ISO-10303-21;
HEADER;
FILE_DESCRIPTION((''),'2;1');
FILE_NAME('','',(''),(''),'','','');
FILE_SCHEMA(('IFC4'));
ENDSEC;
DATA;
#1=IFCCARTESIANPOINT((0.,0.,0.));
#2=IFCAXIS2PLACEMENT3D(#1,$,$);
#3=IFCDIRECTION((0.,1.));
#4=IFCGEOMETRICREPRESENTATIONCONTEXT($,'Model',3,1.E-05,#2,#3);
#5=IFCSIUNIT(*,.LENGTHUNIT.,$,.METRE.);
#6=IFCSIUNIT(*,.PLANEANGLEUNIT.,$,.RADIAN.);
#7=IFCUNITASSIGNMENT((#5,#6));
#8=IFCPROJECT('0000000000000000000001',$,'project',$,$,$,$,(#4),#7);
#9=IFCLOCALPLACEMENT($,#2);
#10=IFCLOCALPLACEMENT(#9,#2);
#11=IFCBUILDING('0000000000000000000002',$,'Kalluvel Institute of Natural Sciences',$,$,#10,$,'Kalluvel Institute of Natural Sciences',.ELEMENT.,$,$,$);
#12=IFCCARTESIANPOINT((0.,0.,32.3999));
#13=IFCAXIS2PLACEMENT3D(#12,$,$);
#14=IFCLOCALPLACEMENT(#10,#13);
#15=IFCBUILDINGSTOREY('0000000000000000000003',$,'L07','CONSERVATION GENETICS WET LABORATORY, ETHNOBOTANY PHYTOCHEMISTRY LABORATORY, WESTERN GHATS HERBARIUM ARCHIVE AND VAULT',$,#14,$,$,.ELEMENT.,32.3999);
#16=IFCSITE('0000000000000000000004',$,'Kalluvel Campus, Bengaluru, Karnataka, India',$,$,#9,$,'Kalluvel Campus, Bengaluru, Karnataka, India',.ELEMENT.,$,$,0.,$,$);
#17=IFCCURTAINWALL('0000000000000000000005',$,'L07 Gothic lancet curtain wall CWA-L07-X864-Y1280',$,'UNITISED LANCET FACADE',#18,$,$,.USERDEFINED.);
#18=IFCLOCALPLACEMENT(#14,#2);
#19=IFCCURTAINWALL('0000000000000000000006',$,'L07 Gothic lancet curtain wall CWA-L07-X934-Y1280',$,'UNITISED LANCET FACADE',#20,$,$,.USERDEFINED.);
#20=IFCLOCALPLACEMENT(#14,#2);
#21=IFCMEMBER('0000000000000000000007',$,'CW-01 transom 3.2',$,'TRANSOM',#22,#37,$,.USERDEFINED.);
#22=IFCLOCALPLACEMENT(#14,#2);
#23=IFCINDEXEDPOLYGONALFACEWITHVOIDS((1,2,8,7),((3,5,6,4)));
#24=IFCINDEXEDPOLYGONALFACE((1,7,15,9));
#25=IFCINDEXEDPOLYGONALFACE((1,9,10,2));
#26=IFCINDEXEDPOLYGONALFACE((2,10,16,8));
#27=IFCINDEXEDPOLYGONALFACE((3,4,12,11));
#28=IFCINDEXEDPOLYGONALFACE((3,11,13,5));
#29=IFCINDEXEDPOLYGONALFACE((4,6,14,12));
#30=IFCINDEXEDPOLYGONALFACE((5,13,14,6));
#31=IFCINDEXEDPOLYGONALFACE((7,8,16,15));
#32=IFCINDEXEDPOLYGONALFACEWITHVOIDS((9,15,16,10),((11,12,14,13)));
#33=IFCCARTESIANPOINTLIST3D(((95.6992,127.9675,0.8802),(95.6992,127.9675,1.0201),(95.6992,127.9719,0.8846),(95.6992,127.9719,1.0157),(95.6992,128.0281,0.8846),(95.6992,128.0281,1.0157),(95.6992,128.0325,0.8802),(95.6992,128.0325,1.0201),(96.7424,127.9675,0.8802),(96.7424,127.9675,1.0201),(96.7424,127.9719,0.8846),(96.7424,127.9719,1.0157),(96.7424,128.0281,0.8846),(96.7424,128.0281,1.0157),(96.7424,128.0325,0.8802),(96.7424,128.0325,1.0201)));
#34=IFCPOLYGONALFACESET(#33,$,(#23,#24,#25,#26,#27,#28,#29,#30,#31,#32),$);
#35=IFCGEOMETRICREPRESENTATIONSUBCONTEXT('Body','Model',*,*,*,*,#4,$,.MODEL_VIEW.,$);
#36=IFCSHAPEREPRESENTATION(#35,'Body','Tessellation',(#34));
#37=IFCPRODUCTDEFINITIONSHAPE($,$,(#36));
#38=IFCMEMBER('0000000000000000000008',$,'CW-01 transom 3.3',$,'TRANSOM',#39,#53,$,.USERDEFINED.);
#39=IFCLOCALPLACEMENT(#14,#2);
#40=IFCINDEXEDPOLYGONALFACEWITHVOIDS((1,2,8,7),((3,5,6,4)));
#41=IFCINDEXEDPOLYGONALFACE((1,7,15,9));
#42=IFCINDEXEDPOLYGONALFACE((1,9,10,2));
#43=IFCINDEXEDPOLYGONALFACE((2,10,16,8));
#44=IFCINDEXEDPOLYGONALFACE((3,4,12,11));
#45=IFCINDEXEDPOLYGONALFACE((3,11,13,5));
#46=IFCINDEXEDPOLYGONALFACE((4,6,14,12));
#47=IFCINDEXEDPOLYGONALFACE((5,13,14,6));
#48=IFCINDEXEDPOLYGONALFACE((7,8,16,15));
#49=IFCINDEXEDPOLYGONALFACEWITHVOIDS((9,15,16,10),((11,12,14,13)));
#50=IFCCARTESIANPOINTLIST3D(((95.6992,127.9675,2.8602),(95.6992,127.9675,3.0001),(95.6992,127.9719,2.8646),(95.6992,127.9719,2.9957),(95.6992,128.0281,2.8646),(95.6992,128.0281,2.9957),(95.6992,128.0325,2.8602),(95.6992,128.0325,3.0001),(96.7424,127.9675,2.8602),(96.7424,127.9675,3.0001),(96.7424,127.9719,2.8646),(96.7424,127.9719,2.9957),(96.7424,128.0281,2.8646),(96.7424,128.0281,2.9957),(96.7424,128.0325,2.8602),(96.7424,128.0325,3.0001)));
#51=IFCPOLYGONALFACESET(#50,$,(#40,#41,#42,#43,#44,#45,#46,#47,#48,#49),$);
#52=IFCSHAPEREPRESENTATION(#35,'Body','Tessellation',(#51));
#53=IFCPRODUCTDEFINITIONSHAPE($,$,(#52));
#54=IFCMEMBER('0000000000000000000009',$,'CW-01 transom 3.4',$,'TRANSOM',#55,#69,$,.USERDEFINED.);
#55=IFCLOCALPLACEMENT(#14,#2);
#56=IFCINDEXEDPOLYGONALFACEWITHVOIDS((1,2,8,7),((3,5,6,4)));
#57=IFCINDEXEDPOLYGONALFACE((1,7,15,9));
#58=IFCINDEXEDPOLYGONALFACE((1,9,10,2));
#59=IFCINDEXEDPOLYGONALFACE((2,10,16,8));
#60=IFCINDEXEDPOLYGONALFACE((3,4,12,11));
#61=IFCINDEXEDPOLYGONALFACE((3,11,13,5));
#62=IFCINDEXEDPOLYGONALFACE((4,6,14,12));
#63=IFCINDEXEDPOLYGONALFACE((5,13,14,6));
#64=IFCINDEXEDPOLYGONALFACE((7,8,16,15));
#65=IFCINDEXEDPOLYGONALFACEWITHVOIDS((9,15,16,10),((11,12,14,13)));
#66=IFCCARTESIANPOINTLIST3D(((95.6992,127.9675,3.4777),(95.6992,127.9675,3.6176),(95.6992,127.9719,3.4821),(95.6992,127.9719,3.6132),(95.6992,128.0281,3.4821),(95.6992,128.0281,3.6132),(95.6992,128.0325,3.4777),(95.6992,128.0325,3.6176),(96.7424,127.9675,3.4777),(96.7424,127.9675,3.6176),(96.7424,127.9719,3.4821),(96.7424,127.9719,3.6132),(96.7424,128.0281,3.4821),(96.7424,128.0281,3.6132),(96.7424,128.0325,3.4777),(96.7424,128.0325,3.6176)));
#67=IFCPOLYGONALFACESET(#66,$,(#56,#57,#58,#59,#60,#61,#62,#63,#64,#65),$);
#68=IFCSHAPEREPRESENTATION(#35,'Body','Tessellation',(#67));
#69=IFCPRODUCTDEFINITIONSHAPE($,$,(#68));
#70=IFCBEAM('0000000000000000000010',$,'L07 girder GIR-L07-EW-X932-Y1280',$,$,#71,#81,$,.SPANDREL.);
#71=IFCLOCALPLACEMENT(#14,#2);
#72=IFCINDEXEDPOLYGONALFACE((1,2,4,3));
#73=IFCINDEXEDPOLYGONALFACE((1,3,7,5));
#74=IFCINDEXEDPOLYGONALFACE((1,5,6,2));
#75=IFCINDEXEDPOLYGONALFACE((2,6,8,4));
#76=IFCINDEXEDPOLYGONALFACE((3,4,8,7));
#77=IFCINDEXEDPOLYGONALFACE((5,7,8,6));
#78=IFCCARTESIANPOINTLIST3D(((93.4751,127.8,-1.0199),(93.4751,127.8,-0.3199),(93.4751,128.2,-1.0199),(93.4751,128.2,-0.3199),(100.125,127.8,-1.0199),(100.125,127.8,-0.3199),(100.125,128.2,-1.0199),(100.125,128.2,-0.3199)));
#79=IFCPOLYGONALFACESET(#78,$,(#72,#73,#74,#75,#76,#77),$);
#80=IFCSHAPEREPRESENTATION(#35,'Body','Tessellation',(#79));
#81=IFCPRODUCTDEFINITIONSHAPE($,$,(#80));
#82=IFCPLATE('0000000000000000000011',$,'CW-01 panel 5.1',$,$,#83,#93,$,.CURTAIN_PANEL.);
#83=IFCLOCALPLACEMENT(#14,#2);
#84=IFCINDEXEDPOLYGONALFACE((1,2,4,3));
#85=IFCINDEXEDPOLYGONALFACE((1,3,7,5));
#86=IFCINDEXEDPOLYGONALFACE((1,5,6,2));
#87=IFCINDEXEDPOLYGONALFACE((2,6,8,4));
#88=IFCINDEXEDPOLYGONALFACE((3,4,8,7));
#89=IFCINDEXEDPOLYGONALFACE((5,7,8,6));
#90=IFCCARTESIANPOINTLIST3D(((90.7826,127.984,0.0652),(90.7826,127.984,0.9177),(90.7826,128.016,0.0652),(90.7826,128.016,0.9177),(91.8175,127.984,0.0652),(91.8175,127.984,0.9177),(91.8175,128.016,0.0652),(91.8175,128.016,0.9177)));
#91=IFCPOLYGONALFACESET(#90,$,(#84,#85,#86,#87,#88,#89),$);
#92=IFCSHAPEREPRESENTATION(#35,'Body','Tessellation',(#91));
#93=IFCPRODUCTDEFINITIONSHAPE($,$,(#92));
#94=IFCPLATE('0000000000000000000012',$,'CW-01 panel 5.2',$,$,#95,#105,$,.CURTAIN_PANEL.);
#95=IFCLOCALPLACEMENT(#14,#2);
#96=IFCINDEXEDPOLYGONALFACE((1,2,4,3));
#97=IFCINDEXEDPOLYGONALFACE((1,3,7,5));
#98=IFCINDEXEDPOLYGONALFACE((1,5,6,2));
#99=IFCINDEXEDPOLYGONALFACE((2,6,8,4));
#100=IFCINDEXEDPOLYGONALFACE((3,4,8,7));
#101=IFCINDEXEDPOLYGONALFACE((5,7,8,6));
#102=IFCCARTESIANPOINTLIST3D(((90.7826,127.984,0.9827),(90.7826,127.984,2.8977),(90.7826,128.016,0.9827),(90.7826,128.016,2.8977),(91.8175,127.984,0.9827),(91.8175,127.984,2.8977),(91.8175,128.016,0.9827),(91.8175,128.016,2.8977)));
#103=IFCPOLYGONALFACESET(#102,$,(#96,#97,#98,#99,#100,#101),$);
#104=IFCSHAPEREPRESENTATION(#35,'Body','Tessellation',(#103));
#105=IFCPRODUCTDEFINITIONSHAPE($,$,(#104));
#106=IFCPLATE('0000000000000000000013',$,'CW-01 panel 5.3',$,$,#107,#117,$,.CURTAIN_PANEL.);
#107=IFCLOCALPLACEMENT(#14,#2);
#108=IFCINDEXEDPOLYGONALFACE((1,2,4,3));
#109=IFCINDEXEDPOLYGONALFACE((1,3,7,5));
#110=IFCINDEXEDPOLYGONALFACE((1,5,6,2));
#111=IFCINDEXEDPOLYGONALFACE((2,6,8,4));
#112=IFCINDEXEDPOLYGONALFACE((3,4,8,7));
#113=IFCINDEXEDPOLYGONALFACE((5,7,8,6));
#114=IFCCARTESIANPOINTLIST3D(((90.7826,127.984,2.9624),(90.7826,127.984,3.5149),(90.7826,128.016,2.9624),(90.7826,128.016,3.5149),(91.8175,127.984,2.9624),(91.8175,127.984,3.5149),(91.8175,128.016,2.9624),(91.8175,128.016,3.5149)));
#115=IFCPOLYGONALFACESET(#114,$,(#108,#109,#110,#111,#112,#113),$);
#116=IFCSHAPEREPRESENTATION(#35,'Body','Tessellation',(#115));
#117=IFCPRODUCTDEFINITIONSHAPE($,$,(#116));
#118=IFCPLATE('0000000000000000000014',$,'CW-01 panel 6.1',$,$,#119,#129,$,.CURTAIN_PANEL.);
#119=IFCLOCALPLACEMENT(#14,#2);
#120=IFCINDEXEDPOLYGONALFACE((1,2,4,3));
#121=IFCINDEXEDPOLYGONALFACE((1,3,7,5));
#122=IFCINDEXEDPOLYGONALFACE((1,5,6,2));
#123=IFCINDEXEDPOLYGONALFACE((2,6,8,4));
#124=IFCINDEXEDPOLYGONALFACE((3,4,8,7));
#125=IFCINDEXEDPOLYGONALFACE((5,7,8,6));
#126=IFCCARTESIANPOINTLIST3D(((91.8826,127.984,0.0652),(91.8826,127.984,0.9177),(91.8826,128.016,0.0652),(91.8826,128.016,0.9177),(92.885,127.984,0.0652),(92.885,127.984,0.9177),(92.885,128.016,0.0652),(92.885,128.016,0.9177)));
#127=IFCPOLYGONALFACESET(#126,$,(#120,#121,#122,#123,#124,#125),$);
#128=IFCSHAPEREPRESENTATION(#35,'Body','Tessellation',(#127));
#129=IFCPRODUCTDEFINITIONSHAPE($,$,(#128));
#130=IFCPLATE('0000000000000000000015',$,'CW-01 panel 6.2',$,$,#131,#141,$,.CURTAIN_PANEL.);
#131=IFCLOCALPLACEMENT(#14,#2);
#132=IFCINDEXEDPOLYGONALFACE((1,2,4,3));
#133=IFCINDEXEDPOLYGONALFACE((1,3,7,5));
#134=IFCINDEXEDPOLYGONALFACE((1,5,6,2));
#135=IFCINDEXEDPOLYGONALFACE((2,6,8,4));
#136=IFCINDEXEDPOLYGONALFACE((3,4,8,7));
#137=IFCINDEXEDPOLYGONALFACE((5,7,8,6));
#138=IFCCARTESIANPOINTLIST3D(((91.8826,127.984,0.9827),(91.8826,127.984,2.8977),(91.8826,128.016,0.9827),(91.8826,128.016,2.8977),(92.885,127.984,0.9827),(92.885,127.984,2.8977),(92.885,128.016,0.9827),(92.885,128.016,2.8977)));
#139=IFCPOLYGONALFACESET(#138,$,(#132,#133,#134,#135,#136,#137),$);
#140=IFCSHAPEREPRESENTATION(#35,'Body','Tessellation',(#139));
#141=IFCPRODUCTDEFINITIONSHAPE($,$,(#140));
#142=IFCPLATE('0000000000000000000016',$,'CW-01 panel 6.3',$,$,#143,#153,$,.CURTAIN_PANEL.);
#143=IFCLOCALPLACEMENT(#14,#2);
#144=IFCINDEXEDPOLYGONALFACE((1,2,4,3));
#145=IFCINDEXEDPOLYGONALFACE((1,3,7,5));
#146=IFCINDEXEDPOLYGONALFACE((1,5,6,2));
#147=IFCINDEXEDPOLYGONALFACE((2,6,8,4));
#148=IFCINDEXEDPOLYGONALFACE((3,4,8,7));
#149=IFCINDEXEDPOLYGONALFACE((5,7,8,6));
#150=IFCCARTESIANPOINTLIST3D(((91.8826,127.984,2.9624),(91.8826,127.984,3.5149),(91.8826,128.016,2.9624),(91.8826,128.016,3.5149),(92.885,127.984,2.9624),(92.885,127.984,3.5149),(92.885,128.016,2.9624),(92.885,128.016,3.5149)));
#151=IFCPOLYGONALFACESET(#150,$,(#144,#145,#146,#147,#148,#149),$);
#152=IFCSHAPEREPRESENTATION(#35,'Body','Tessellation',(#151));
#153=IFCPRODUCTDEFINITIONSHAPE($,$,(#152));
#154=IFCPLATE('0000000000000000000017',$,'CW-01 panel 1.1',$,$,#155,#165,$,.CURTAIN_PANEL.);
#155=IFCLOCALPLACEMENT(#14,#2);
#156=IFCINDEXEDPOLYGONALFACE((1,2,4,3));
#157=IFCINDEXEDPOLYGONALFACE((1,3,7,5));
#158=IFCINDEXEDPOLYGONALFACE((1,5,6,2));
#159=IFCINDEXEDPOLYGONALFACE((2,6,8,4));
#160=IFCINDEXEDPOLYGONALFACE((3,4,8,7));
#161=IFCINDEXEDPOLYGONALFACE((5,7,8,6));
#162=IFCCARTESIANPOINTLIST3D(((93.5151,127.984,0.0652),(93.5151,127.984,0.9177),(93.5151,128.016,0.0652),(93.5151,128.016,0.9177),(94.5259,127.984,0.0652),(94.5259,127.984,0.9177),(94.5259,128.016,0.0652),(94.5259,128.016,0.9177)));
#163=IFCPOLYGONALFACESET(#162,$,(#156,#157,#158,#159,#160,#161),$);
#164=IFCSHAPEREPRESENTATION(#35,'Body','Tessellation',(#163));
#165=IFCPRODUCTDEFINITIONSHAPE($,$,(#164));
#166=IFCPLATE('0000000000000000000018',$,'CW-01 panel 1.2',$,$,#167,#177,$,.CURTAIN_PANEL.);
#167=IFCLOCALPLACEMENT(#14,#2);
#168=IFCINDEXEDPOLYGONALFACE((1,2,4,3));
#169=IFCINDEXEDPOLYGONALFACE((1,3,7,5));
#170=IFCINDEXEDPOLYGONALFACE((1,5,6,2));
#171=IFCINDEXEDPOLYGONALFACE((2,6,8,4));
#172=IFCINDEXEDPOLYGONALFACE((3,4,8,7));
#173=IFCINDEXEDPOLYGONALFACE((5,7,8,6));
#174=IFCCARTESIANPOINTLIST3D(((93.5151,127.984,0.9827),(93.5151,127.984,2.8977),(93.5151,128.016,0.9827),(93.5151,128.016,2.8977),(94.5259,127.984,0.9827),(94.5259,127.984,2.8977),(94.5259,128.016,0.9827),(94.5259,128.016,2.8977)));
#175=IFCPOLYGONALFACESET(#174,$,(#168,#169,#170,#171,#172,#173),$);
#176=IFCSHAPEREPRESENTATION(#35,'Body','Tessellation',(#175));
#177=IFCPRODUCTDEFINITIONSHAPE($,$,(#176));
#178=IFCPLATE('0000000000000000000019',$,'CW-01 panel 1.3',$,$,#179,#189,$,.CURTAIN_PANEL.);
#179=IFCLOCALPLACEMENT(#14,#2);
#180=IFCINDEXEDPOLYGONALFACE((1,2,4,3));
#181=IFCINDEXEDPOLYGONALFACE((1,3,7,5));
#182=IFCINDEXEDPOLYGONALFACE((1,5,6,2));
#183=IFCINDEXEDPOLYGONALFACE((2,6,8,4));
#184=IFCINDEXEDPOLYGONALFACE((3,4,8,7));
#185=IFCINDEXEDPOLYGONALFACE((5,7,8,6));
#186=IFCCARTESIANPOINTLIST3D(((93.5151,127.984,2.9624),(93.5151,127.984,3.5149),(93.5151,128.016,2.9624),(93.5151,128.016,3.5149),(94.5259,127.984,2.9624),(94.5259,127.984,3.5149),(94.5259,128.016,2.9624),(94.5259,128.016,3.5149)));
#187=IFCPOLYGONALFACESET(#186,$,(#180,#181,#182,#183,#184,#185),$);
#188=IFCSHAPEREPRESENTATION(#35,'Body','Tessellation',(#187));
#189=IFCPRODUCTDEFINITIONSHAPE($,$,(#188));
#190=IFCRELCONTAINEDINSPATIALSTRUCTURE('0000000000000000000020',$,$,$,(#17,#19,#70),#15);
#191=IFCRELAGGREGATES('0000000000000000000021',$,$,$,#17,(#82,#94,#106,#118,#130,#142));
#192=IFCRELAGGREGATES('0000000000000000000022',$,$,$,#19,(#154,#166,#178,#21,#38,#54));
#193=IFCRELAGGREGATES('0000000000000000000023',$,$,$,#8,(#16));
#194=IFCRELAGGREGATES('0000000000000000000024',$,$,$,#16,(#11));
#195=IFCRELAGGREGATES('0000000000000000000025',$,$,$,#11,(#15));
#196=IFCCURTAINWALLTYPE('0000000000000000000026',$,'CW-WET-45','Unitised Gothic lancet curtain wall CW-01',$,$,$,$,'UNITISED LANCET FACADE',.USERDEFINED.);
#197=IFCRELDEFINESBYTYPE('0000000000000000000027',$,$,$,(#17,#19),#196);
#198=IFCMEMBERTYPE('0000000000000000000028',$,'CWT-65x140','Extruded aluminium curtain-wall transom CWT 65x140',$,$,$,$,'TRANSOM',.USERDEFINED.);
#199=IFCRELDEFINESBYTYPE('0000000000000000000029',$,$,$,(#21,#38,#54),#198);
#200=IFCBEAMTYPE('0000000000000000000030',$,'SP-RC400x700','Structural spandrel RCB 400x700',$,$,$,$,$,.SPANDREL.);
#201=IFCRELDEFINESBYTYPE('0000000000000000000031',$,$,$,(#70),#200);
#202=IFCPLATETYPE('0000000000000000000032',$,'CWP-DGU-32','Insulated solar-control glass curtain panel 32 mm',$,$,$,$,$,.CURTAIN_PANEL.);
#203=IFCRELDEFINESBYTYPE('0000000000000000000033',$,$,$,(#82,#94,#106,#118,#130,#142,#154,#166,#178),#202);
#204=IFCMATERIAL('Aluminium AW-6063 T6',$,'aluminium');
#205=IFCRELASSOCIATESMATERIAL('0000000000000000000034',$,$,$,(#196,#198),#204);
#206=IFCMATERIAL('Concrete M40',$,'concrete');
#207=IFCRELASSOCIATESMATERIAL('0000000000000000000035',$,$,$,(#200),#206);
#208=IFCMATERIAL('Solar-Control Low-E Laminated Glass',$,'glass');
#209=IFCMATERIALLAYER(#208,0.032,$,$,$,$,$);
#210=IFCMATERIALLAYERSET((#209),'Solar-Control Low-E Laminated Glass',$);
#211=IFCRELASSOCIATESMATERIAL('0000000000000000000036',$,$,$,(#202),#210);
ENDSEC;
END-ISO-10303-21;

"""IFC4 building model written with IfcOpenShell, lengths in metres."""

from ifc_helpers import new_model, si_unit, direction, frame, origin, origin_2d, place, context, subcontext, project, spatial, rectangle, hollow_rectangle, extrude, material, layer, layer_set, material_profile, profile_set, type_object, element, aggregate, save


model = new_model("IFC4")

# Units and contexts
model_context = context("Model", 3, precision=1e-05, world=origin(), true_north=direction((0.0, 1.0)))
body_context = subcontext(model_context, "Body", "Model", "MODEL_VIEW")
ifc_project = project(units=[si_unit("LENGTHUNIT", "METRE"), si_unit("PLANEANGLEUNIT", "RADIAN")], contexts=[model_context])

# Site, building, storey
site_placement = place(None, origin())
site = spatial("IfcSite", under=ifc_project, at=site_placement, Name="Kalluvel Campus, Bengaluru, Karnataka, India", LongName="Kalluvel Campus, Bengaluru, Karnataka, India", CompositionType="ELEMENT", RefElevation=0.0)
building_placement = place(site_placement, origin())
building = spatial("IfcBuilding", under=site, at=building_placement, Name="Kalluvel Institute of Natural Sciences", LongName="Kalluvel Institute of Natural Sciences", CompositionType="ELEMENT")
storey_placement = place(building_placement, frame((0.0, 0.0, 32.3999)))
storey = spatial("IfcBuildingStorey", under=building, at=storey_placement, Name="L07", Description="CONSERVATION GENETICS WET LABORATORY, ETHNOBOTANY PHYTOCHEMISTRY LABORATORY, WESTERN GHATS HERBARIUM ARCHIVE AND VAULT", CompositionType="ELEMENT", Elevation=32.3999)

# Shared definitions
ifc_material_1 = material(Name="Concrete M40", Category="concrete")

# Curtain walls
ifc_material_2 = material(Name="Aluminium AW-6063 T6", Category="aluminium")
curtain_wall_type = type_object("IfcCurtainWallType", Name="CW-WET-45", Description="Unitised Gothic lancet curtain wall CW-01", ElementType="UNITISED LANCET FACADE", PredefinedType="USERDEFINED", material=ifc_material_2)
curtain_wall_1_placement = place(storey_placement, origin())
curtain_wall_1 = element("IfcCurtainWall", 1, at=curtain_wall_1_placement, inside=storey, type_object=curtain_wall_type, Name="L07 Gothic lancet curtain wall CWA-L07-X864-Y1280", ObjectType="UNITISED LANCET FACADE", PredefinedType="USERDEFINED")
curtain_wall_2_placement = place(storey_placement, origin())
curtain_wall_2 = element("IfcCurtainWall", 2, at=curtain_wall_2_placement, inside=storey, type_object=curtain_wall_type, Name="L07 Gothic lancet curtain wall CWA-L07-X934-Y1280", ObjectType="UNITISED LANCET FACADE", PredefinedType="USERDEFINED")

# Members
ifc_material_profile_1 = material_profile(ifc_material_2, hollow_rectangle(XDim=0.0649, YDim=0.1399, WallThickness=0.0044, at=origin_2d()), Name="CWT 65x140")
ifc_profile_set_1 = profile_set([ifc_material_profile_1], Name="Aluminium AW-6063 T6")
member_type_1 = type_object("IfcMemberType", Name="CWT-65x140", Description="Extruded aluminium curtain-wall transom CWT 65x140", ElementType="TRANSOM", PredefinedType="USERDEFINED", material=ifc_profile_set_1)
member_1_placement = place(storey_placement, frame((95.6992, 128.0, 0.9502), z_axis=(1.0, 0.0, 0.0), x_axis=(0.0, 1.0, 0.0)))
member_1 = element("IfcMember", 3, at=member_1_placement, type_object=member_type_1, Name="CW-01 transom 3.2", ObjectType="TRANSOM", PredefinedType="USERDEFINED", context=body_context, shape_type="SweptSolid", body=[
    extrude(hollow_rectangle(XDim=0.0649, YDim=0.1399, WallThickness=0.0044, at=origin_2d()), origin(), (0.0, 0.0, 1.0), 1.0432),
])
member_2_placement = place(storey_placement, frame((95.6992, 128.0, 2.9302), z_axis=(1.0, 0.0, 0.0), x_axis=(0.0, 1.0, 0.0)))
member_2 = element("IfcMember", 4, at=member_2_placement, type_object=member_type_1, Name="CW-01 transom 3.3", ObjectType="TRANSOM", PredefinedType="USERDEFINED", context=body_context, shape_type="SweptSolid", body=[
    extrude(hollow_rectangle(XDim=0.0649, YDim=0.1399, WallThickness=0.0044, at=origin_2d()), origin(), (0.0, 0.0, 1.0), 1.0432),
])
member_3_placement = place(storey_placement, frame((95.6992, 128.0, 3.5476), z_axis=(1.0, 0.0, 0.0), x_axis=(0.0, 1.0, 0.0)))
member_3 = element("IfcMember", 5, at=member_3_placement, type_object=member_type_1, Name="CW-01 transom 3.4", ObjectType="TRANSOM", PredefinedType="USERDEFINED", context=body_context, shape_type="SweptSolid", body=[
    extrude(hollow_rectangle(XDim=0.0649, YDim=0.1399, WallThickness=0.0044, at=origin_2d()), origin(), (0.0, 0.0, 1.0), 1.0432),
])

# Beam
ifc_material_profile_2 = material_profile(ifc_material_1, rectangle(XDim=0.3999, YDim=0.7, at=origin_2d()), Name="RCB 400x700")
ifc_profile_set_2 = profile_set([ifc_material_profile_2], Name="Concrete M40")
beam_type = type_object("IfcBeamType", Name="SP-RC400x700", Description="Structural spandrel RCB 400x700", PredefinedType="SPANDREL", material=ifc_profile_set_2)
beam_placement = place(storey_placement, frame((93.4751, 128.0, -0.6699), z_axis=(1.0, 0.0, 0.0), x_axis=(0.0, 1.0, 0.0)))
element("IfcBeam", 6, at=beam_placement, inside=storey, type_object=beam_type, Name="L07 girder GIR-L07-EW-X932-Y1280", PredefinedType="SPANDREL", context=body_context, shape_type="SweptSolid", body=[
    extrude(rectangle(XDim=0.3999, YDim=0.7, at=origin_2d()), origin(), (0.0, 0.0, 1.0), 6.6499),
])

# Plates
ifc_material_3 = material(Name="Solar-Control Low-E Laminated Glass", Category="glass")
ifc_layer = layer(ifc_material_3, 0.032)
ifc_layer_set = layer_set([ifc_layer], Name="Solar-Control Low-E Laminated Glass")
plate_type = type_object("IfcPlateType", Name="CWP-DGU-32", Description="Insulated solar-control glass curtain panel 32 mm", PredefinedType="CURTAIN_PANEL", material=ifc_layer_set)
plate_1_placement = place(storey_placement, frame((91.3, 128.0, 0.0652), z_axis=(0.0, 0.0, 1.0), x_axis=(1.0, 0.0, 0.0)))
plate_1 = element("IfcPlate", 7, at=plate_1_placement, type_object=plate_type, Name="CW-01 panel 5.1", PredefinedType="CURTAIN_PANEL", context=body_context, shape_type="SweptSolid", body=[
    extrude(rectangle(XDim=1.0349, YDim=0.032, at=origin_2d()), origin(), (0.0, 0.0, 1.0), 0.8525),
])
plate_2_placement = place(storey_placement, frame((91.3, 128.0, 0.9827), z_axis=(0.0, 0.0, 1.0), x_axis=(1.0, 0.0, 0.0)))
plate_2 = element("IfcPlate", 8, at=plate_2_placement, type_object=plate_type, Name="CW-01 panel 5.2", PredefinedType="CURTAIN_PANEL", context=body_context, shape_type="SweptSolid", body=[
    extrude(rectangle(XDim=1.0349, YDim=0.032, at=origin_2d()), origin(), (0.0, 0.0, 1.0), 1.915),
])
plate_3_placement = place(storey_placement, frame((91.3, 128.0, 2.9624), z_axis=(0.0, 0.0, 1.0), x_axis=(1.0, 0.0, 0.0)))
plate_3 = element("IfcPlate", 9, at=plate_3_placement, type_object=plate_type, Name="CW-01 panel 5.3", PredefinedType="CURTAIN_PANEL", context=body_context, shape_type="SweptSolid", body=[
    extrude(rectangle(XDim=1.0349, YDim=0.032, at=origin_2d()), origin(), (0.0, 0.0, 1.0), 0.5525),
])
plate_4_placement = place(storey_placement, frame((92.3838, 128.0, 0.0652), z_axis=(0.0, 0.0, 1.0), x_axis=(1.0, 0.0, 0.0)))
plate_4 = element("IfcPlate", 10, at=plate_4_placement, type_object=plate_type, Name="CW-01 panel 6.1", PredefinedType="CURTAIN_PANEL", context=body_context, shape_type="SweptSolid", body=[
    extrude(rectangle(XDim=1.0024, YDim=0.032, at=origin_2d()), origin(), (0.0, 0.0, 1.0), 0.8525),
])
plate_5_placement = place(storey_placement, frame((92.3838, 128.0, 0.9827), z_axis=(0.0, 0.0, 1.0), x_axis=(1.0, 0.0, 0.0)))
plate_5 = element("IfcPlate", 11, at=plate_5_placement, type_object=plate_type, Name="CW-01 panel 6.2", PredefinedType="CURTAIN_PANEL", context=body_context, shape_type="SweptSolid", body=[
    extrude(rectangle(XDim=1.0024, YDim=0.032, at=origin_2d()), origin(), (0.0, 0.0, 1.0), 1.915),
])
plate_6_placement = place(storey_placement, frame((92.3838, 128.0, 2.9624), z_axis=(0.0, 0.0, 1.0), x_axis=(1.0, 0.0, 0.0)))
plate_6 = element("IfcPlate", 12, at=plate_6_placement, type_object=plate_type, Name="CW-01 panel 6.3", PredefinedType="CURTAIN_PANEL", context=body_context, shape_type="SweptSolid", body=[
    extrude(rectangle(XDim=1.0024, YDim=0.032, at=origin_2d()), origin(), (0.0, 0.0, 1.0), 0.5525),
])
aggregate(curtain_wall_1, [plate_1, plate_2, plate_3, plate_4, plate_5, plate_6])
plate_7_placement = place(storey_placement, frame((94.0205, 128.0, 0.0652), z_axis=(0.0, 0.0, 1.0), x_axis=(1.0, 0.0, 0.0)))
plate_7 = element("IfcPlate", 13, at=plate_7_placement, type_object=plate_type, Name="CW-01 panel 1.1", PredefinedType="CURTAIN_PANEL", context=body_context, shape_type="SweptSolid", body=[
    extrude(rectangle(XDim=1.0107, YDim=0.032, at=origin_2d()), origin(), (0.0, 0.0, 1.0), 0.8525),
])
plate_8_placement = place(storey_placement, frame((94.0205, 128.0, 0.9827), z_axis=(0.0, 0.0, 1.0), x_axis=(1.0, 0.0, 0.0)))
plate_8 = element("IfcPlate", 14, at=plate_8_placement, type_object=plate_type, Name="CW-01 panel 1.2", PredefinedType="CURTAIN_PANEL", context=body_context, shape_type="SweptSolid", body=[
    extrude(rectangle(XDim=1.0107, YDim=0.032, at=origin_2d()), origin(), (0.0, 0.0, 1.0), 1.915),
])
plate_9_placement = place(storey_placement, frame((94.0205, 128.0, 2.9624), z_axis=(0.0, 0.0, 1.0), x_axis=(1.0, 0.0, 0.0)))
plate_9 = element("IfcPlate", 15, at=plate_9_placement, type_object=plate_type, Name="CW-01 panel 1.3", PredefinedType="CURTAIN_PANEL", context=body_context, shape_type="SweptSolid", body=[
    extrude(rectangle(XDim=1.0107, YDim=0.032, at=origin_2d()), origin(), (0.0, 0.0, 1.0), 0.5525),
])
aggregate(curtain_wall_2, [plate_7, plate_8, plate_9, member_1, member_2, member_3])

save(model, "model.ifc")
